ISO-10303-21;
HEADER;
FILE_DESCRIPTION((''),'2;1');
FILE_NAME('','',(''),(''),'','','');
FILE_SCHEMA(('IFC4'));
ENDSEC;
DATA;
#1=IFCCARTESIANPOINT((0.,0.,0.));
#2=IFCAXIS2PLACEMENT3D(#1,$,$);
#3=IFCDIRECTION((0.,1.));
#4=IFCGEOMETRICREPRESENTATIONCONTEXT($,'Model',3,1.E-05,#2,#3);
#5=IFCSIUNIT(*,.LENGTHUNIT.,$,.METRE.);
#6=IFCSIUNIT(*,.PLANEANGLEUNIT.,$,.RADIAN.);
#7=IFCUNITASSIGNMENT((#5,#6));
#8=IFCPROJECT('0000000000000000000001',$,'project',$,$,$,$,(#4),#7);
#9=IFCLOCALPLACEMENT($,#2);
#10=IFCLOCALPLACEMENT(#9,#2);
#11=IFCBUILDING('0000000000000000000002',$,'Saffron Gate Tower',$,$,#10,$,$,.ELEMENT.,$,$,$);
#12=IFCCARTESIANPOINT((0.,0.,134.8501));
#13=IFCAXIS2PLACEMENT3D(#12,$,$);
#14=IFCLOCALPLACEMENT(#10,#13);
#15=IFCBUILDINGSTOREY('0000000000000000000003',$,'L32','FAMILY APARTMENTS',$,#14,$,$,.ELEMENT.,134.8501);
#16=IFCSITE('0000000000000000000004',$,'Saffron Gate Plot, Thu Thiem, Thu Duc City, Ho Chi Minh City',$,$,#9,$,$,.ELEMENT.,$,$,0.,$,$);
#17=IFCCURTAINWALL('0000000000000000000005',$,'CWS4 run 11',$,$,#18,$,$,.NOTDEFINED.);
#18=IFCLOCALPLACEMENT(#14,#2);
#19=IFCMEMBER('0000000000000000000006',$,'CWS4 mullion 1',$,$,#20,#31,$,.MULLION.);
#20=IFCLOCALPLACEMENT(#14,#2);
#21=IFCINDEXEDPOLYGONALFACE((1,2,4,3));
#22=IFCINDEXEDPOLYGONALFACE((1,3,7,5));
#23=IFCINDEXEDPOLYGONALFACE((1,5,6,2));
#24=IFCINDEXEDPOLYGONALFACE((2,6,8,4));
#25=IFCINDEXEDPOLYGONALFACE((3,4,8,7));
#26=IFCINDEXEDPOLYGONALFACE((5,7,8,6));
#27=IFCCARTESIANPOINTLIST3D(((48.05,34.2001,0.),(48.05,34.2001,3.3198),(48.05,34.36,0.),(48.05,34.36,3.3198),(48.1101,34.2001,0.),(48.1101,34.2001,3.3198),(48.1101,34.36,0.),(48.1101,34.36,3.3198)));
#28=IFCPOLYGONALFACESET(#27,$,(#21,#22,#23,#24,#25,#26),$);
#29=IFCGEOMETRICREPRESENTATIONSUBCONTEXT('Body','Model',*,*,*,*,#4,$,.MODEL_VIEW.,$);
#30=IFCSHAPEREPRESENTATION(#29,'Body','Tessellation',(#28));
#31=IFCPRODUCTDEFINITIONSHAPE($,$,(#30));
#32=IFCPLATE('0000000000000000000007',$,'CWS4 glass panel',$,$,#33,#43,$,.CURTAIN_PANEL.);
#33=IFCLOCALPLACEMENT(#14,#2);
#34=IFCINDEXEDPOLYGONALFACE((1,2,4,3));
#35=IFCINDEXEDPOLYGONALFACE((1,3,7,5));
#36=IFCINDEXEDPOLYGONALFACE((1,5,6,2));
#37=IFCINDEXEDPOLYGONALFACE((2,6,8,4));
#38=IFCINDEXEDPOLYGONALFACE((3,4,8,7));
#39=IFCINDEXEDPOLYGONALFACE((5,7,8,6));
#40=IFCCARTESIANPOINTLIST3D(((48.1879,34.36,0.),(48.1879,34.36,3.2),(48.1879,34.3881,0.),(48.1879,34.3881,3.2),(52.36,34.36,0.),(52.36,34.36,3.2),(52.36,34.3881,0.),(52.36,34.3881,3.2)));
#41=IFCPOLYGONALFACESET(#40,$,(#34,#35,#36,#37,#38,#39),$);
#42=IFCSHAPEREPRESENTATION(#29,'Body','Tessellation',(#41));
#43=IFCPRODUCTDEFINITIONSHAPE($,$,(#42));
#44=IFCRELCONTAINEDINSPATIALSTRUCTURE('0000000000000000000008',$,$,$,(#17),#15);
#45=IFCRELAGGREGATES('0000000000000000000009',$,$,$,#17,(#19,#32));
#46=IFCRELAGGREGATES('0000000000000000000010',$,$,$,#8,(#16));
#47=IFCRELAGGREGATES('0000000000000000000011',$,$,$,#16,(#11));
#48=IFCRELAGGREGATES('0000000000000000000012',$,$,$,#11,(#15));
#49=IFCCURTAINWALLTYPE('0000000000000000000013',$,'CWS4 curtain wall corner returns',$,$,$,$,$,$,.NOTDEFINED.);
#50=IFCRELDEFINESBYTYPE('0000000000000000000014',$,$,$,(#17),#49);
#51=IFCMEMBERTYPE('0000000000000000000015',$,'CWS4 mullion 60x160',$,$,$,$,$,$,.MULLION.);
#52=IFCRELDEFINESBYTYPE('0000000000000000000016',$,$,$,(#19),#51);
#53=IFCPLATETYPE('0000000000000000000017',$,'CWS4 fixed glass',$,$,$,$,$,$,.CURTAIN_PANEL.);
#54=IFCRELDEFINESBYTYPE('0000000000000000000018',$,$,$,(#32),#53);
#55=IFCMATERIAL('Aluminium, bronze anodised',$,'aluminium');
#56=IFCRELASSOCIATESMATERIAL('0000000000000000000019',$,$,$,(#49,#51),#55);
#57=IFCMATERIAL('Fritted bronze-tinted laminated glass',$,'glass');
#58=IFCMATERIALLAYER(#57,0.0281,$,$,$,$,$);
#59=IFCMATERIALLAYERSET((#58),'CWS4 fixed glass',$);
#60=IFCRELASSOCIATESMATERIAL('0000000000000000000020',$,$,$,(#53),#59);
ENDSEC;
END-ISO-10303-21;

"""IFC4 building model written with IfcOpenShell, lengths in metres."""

from ifc_helpers import new_model, si_unit, direction, frame, frame_2d, origin, origin_2d, place, context, subcontext, project, spatial, rectangle, extrude, material, layer, layer_set, material_profile, profile_set, type_object, element, aggregate, save


model = new_model("IFC4")

# Units and contexts
model_context = context("Model", 3, precision=1e-05, world=origin(), true_north=direction((0.0, 1.0)))
body_context = subcontext(model_context, "Body", "Model", "MODEL_VIEW")
ifc_project = project(units=[si_unit("LENGTHUNIT", "METRE"), si_unit("PLANEANGLEUNIT", "RADIAN")], contexts=[model_context])

# Site, building, storey
site_placement = place(None, origin())
site = spatial("IfcSite", under=ifc_project, at=site_placement, Name="Saffron Gate Plot, Thu Thiem, Thu Duc City, Ho Chi Minh City", CompositionType="ELEMENT", RefElevation=0.0)
building_placement = place(site_placement, origin())
building = spatial("IfcBuilding", under=site, at=building_placement, Name="Saffron Gate Tower", CompositionType="ELEMENT")
storey_placement = place(building_placement, frame((0.0, 0.0, 134.8501)))
storey = spatial("IfcBuildingStorey", under=building, at=storey_placement, Name="L32", Description="FAMILY APARTMENTS", CompositionType="ELEMENT", Elevation=134.8501)

# Curtain wall, member, plate
ifc_material_1 = material(Name="Aluminium, bronze anodised", Category="aluminium")
curtain_wall_type = type_object("IfcCurtainWallType", Name="CWS4 curtain wall corner returns", PredefinedType="NOTDEFINED", material=ifc_material_1)
curtain_wall_placement = place(storey_placement, origin())
curtain_wall = element("IfcCurtainWall", 1, at=curtain_wall_placement, inside=storey, type_object=curtain_wall_type, Name="CWS4 run 11", PredefinedType="NOTDEFINED")
ifc_material_profile = material_profile(ifc_material_1, rectangle(XDim=0.1599, YDim=0.0601, at=origin_2d()))
ifc_profile_set = profile_set([ifc_material_profile], Name="Aluminium, bronze anodised")
member_type = type_object("IfcMemberType", Name="CWS4 mullion 60x160", PredefinedType="MULLION", material=ifc_profile_set)
member_placement = place(storey_placement, frame((48.0801, 34.28, 0.0), z_axis=(0.0, 0.0, 1.0), x_axis=(0.0, 1.0, 0.0)))
member = element("IfcMember", 2, at=member_placement, type_object=member_type, Name="CWS4 mullion 1", PredefinedType="MULLION", context=body_context, shape_type="SweptSolid", body=[
    extrude(rectangle(XDim=0.1599, YDim=0.0601, at=origin_2d()), origin(), (0.0, 0.0, 1.0), 3.3198),
])
ifc_material_2 = material(Name="Fritted bronze-tinted laminated glass", Category="glass")
ifc_layer_1 = layer(ifc_material_2, 0.0281)
ifc_layer_set_1 = layer_set([ifc_layer_1], Name="CWS4 fixed glass")
plate_type = type_object("IfcPlateType", Name="CWS4 fixed glass", PredefinedType="CURTAIN_PANEL", material=ifc_layer_set_1)
plate_placement = place(storey_placement, frame((48.188, 34.374, 0.0), z_axis=(0.0, 0.0, 1.0), x_axis=(1.0, 0.0, 0.0)))
plate = element("IfcPlate", 3, at=plate_placement, type_object=plate_type, Name="CWS4 glass panel", PredefinedType="CURTAIN_PANEL", context=body_context, shape_type="SweptSolid", body=[
    extrude(rectangle(XDim=4.1721, YDim=0.0281, at=frame_2d((2.0859, 0.0))), origin(), (0.0, 0.0, 1.0), 3.2),
])
aggregate(curtain_wall, [member, plate])

save(model, "model.ifc")
